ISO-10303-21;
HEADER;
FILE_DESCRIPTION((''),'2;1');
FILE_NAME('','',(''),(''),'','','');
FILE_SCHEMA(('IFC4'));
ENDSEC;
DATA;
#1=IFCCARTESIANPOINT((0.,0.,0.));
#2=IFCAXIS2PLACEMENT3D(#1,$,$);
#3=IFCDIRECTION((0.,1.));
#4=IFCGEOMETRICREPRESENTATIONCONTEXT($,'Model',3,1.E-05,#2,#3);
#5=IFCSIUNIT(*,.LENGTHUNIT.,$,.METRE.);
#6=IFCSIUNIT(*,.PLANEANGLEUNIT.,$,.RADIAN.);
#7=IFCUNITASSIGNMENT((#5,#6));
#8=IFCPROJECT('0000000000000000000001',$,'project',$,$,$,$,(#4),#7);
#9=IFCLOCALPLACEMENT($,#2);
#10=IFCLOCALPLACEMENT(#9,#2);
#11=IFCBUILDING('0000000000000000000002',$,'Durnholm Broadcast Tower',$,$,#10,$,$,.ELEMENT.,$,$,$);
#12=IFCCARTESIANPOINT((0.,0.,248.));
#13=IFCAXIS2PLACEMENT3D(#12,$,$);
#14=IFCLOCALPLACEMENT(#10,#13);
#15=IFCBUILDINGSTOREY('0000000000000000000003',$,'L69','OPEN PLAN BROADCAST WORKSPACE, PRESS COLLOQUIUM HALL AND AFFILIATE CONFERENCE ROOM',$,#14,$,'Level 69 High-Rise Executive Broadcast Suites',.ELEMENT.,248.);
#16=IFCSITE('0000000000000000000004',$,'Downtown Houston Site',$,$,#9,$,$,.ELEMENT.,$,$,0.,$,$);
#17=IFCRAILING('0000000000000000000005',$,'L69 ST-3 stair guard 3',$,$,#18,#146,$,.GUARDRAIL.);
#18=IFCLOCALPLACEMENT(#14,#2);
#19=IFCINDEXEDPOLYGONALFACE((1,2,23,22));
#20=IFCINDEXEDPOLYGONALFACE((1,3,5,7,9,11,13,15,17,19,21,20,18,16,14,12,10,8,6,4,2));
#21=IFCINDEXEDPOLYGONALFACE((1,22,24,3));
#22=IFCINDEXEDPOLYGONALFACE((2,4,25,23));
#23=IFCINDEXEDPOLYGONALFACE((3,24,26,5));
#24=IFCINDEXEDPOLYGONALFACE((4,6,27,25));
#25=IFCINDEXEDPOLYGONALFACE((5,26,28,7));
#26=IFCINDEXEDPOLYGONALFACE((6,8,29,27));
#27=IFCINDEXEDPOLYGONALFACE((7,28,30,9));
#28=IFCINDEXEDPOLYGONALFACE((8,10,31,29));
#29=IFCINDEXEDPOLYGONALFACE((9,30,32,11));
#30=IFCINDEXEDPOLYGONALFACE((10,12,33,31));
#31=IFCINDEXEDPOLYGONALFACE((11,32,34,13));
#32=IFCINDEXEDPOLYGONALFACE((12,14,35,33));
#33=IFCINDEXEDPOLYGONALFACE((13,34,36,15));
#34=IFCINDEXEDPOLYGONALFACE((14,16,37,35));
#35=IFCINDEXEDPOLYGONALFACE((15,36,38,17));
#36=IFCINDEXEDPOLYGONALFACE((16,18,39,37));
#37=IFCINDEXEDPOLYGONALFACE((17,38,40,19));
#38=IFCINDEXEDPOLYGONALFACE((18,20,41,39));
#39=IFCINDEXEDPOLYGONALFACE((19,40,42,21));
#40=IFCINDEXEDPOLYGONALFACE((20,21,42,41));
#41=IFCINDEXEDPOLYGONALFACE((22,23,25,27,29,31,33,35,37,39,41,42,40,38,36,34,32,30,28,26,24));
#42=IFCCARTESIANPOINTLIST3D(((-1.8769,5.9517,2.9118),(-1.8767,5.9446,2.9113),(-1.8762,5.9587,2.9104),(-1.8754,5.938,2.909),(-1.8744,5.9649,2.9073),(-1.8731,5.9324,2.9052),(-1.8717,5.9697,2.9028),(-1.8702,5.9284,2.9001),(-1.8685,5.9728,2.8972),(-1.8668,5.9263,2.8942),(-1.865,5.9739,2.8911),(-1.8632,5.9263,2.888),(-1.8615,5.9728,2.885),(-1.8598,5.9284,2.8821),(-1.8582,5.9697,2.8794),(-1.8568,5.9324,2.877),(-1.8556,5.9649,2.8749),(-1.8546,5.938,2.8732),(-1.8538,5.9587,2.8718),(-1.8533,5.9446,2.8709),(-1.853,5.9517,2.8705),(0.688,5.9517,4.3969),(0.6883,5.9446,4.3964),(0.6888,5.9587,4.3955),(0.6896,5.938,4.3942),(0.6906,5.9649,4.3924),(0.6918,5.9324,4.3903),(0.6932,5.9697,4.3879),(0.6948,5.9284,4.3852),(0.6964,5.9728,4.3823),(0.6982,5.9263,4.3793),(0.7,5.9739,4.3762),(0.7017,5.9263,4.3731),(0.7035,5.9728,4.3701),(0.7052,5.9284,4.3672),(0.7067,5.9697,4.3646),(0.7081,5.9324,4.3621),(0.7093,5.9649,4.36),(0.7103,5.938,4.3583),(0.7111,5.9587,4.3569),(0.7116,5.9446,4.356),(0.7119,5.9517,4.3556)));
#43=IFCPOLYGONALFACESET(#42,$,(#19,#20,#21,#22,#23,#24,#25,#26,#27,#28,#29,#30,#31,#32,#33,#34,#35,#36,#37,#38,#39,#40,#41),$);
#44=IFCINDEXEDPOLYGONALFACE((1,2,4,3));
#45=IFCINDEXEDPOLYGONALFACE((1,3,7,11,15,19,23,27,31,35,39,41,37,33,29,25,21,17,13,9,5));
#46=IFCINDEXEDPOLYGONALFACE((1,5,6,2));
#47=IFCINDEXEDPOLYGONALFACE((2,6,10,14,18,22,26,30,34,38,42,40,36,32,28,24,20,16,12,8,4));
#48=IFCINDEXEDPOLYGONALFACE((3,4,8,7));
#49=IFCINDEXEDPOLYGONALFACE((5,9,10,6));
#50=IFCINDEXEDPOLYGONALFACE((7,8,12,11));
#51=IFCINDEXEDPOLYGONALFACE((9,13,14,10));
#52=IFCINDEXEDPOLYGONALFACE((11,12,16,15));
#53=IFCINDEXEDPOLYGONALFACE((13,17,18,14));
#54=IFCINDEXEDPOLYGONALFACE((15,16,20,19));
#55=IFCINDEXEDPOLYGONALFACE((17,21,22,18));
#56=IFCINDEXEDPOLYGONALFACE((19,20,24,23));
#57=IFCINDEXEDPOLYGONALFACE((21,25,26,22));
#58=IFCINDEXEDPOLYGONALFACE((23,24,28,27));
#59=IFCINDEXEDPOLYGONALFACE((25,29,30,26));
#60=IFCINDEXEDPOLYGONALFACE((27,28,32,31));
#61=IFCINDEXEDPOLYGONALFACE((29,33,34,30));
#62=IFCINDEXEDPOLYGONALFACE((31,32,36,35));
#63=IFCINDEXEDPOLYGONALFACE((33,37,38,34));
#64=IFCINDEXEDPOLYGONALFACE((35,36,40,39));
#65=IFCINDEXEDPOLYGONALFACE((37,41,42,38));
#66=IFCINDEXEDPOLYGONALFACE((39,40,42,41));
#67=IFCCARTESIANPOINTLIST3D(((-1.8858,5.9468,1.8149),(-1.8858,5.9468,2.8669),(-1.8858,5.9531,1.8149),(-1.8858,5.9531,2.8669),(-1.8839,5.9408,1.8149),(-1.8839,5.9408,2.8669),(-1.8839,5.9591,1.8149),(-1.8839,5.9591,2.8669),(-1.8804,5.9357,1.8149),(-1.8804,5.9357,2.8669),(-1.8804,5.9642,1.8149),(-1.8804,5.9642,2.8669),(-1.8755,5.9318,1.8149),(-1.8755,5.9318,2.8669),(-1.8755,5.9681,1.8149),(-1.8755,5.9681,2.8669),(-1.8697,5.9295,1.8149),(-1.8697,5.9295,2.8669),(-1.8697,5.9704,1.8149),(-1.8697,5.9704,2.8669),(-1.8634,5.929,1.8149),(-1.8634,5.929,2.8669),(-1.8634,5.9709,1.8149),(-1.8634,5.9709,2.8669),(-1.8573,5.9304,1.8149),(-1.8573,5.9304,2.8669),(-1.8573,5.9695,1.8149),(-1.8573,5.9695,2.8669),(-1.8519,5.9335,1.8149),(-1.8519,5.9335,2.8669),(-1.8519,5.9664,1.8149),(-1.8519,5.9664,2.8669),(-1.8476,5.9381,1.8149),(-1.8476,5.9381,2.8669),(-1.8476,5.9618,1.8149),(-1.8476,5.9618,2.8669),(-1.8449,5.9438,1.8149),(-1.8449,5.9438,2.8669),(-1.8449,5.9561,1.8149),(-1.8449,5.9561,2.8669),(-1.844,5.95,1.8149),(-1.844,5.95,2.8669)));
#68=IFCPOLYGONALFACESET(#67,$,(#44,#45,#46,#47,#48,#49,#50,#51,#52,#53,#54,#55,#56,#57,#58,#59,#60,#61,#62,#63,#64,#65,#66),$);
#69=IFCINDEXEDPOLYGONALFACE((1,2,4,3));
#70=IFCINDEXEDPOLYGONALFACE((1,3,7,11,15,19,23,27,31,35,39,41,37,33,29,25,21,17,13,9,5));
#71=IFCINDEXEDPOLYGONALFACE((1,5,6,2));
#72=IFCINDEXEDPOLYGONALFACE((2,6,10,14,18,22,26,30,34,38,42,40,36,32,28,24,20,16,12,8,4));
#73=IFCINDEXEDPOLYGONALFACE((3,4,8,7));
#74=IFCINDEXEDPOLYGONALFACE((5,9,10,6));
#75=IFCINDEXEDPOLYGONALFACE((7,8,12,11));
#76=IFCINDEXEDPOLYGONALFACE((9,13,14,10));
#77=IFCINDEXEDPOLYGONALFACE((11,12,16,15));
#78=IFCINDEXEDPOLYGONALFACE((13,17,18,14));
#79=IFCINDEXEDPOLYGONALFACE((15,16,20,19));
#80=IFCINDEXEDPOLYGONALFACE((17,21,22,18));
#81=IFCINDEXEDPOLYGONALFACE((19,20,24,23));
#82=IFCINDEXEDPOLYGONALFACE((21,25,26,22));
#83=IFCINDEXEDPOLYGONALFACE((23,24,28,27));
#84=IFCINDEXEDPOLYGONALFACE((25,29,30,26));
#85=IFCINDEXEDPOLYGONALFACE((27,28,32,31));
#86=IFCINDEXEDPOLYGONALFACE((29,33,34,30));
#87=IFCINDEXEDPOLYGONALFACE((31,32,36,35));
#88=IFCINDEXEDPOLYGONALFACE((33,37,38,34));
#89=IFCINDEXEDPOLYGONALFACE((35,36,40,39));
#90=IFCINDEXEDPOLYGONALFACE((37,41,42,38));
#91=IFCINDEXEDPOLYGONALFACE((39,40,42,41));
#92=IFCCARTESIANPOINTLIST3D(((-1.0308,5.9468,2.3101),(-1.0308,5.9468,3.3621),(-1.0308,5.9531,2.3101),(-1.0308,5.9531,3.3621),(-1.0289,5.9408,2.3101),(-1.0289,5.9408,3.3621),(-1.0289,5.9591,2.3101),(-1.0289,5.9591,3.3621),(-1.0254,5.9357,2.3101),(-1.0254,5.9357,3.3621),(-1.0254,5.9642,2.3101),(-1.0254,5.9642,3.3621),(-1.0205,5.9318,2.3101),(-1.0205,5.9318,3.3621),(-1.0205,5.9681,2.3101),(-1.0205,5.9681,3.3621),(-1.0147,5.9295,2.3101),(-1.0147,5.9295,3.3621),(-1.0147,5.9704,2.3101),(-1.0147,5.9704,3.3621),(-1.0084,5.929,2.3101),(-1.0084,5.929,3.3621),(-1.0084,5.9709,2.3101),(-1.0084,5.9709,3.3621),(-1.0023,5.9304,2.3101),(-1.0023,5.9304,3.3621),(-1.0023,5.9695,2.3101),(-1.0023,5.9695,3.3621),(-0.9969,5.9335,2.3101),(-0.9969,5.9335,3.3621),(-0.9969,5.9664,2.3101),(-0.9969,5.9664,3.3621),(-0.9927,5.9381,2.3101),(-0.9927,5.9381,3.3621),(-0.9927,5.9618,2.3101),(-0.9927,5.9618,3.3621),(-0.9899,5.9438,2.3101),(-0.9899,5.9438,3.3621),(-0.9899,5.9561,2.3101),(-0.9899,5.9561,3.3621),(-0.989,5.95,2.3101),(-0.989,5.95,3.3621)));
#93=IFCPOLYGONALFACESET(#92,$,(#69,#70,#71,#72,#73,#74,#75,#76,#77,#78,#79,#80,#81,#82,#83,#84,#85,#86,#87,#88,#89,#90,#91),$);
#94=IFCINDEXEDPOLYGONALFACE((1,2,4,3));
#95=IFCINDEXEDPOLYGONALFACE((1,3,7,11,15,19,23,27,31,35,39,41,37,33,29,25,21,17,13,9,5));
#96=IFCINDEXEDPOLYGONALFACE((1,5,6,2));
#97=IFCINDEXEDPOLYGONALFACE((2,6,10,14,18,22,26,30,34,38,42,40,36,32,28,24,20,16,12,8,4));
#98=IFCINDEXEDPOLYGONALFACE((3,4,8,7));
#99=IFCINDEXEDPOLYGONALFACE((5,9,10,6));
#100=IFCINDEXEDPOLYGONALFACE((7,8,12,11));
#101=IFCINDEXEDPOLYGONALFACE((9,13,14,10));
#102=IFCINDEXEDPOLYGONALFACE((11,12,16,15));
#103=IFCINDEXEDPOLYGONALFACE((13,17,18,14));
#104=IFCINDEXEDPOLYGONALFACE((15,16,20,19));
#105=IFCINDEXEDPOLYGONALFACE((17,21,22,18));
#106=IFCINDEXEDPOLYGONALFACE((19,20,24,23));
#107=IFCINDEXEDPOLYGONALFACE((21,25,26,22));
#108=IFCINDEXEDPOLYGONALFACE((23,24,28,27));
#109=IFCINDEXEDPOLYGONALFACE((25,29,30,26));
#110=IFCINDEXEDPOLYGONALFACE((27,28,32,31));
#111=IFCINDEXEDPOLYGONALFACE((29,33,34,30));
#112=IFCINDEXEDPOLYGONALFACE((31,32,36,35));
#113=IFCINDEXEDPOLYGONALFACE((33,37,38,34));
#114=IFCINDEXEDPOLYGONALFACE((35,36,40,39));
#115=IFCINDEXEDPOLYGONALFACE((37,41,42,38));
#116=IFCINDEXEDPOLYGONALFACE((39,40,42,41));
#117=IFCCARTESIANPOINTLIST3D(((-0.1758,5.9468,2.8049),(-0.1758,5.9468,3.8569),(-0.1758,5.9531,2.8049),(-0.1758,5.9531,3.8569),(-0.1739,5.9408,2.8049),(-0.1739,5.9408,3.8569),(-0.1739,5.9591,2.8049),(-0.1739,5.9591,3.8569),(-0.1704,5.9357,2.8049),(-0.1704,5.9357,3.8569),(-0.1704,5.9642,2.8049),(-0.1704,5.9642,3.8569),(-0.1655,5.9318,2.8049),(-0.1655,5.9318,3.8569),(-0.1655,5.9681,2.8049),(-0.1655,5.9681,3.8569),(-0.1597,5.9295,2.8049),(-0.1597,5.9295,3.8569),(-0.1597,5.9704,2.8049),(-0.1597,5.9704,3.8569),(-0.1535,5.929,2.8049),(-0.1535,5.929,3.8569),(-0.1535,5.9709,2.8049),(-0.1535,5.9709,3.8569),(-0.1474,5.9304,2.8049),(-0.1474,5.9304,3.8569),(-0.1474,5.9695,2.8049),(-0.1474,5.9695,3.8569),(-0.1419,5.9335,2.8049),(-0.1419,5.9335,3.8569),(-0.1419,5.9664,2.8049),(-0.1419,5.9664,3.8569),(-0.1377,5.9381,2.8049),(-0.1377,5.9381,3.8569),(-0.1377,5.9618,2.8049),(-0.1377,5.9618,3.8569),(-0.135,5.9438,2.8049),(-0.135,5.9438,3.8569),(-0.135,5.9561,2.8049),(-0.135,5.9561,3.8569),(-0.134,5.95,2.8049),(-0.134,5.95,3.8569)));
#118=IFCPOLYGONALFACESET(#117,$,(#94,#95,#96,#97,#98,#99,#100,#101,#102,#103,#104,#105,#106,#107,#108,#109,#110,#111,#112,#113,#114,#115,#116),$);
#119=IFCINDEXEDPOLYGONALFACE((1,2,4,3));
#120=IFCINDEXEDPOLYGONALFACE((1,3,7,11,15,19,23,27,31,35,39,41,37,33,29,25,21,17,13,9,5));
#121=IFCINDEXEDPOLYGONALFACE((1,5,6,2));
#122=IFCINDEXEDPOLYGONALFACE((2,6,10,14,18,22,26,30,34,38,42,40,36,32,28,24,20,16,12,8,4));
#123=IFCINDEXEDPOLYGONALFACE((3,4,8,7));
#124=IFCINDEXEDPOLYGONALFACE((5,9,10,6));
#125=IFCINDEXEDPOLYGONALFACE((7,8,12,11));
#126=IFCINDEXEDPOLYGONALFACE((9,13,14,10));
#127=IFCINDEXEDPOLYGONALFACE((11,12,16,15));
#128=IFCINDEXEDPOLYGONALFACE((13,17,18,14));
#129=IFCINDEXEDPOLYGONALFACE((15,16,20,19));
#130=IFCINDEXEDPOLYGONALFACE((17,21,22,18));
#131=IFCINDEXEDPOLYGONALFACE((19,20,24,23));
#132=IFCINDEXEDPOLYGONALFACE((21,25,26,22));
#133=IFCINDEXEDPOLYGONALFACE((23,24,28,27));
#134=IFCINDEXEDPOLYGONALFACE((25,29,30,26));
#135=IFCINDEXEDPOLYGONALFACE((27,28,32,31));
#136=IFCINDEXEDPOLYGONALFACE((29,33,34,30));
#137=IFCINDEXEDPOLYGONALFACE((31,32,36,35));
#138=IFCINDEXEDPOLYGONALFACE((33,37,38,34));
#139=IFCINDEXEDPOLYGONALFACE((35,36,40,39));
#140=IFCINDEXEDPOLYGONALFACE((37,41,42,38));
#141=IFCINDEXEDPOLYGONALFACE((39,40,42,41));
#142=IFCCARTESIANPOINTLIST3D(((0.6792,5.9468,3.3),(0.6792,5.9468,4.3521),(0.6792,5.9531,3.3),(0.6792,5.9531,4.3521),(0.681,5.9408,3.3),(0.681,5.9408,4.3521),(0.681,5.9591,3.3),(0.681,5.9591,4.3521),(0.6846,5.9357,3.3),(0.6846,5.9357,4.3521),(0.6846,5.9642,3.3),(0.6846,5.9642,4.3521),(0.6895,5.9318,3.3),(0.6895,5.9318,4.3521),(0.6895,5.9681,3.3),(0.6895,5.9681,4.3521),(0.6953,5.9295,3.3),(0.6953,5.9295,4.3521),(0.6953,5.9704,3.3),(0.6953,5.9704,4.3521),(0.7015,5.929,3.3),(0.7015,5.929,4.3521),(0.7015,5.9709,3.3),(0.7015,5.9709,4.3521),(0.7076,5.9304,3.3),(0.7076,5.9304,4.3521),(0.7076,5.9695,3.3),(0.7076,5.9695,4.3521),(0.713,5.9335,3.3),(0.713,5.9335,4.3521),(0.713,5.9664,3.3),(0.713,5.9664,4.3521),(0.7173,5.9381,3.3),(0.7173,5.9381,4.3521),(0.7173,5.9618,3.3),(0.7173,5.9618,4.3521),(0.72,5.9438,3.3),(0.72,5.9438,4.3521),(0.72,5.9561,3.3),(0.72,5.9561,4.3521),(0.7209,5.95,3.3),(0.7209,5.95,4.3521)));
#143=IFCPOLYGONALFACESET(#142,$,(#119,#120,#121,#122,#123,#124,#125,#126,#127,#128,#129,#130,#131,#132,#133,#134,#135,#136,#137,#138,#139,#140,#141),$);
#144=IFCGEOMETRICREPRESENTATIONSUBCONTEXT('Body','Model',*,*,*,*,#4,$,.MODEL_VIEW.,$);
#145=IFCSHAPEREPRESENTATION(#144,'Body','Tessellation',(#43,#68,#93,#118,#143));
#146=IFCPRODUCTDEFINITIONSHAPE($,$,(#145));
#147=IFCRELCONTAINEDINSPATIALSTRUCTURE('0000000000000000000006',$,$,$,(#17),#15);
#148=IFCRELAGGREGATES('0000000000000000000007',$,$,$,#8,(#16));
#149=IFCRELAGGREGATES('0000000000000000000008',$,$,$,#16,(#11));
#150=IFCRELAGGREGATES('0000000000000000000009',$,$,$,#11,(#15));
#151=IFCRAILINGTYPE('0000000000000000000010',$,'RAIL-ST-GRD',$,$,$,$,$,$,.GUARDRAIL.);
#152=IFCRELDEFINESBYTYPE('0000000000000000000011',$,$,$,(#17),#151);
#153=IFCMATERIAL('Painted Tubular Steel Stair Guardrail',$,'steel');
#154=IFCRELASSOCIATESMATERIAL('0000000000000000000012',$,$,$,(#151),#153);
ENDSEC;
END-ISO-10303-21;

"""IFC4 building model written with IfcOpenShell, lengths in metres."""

from ifc_helpers import new_model, si_unit, direction, frame, origin, origin_2d, place, context, subcontext, project, spatial, circle, extrude, material, type_object, element, save


model = new_model("IFC4")

# Units and contexts
model_context = context("Model", 3, precision=1e-05, world=origin(), true_north=direction((0.0, 1.0)))
body_context = subcontext(model_context, "Body", "Model", "MODEL_VIEW")
ifc_project = project(units=[si_unit("LENGTHUNIT", "METRE"), si_unit("PLANEANGLEUNIT", "RADIAN")], contexts=[model_context])

# Site, building, storey
site_placement = place(None, origin())
site = spatial("IfcSite", under=ifc_project, at=site_placement, Name="Downtown Houston Site", CompositionType="ELEMENT", RefElevation=0.0)
building_placement = place(site_placement, origin())
building = spatial("IfcBuilding", under=site, at=building_placement, Name="Durnholm Broadcast Tower", CompositionType="ELEMENT")
storey_placement = place(building_placement, frame((0.0, 0.0, 248.0)))
storey = spatial("IfcBuildingStorey", under=building, at=storey_placement, Name="L69", Description="OPEN PLAN BROADCAST WORKSPACE, PRESS COLLOQUIUM HALL AND AFFILIATE CONFERENCE ROOM", LongName="Level 69 High-Rise Executive Broadcast Suites", CompositionType="ELEMENT", Elevation=248.0)

# Railing
ifc_material_1 = material(Name="Painted Tubular Steel Stair Guardrail", Category="steel")
railing_type_1 = type_object("IfcRailingType", Name="RAIL-ST-GRD", PredefinedType="GUARDRAIL", material=ifc_material_1)
railing_1_placement = place(storey_placement, frame((-1.865, 5.95, 1.8149)))
element("IfcRailing", 1, at=railing_1_placement, inside=storey, type_object=railing_type_1, Name="L69 ST-3 stair guard 3", PredefinedType="GUARDRAIL", context=body_context, shape_type="SweptSolid", body=[
    extrude(circle(Radius=0.0239, at=origin_2d()), frame((0.0, 0.0, 1.0762), z_axis=(0.865406, 0.0, 0.501072), x_axis=(0.0, 1.0, 0.0)), (0.0, 0.0, 1.0), 2.9639),
    extrude(circle(Radius=0.021, at=origin_2d()), origin(), (0.0, 0.0, 1.0), 1.052),
    extrude(circle(Radius=0.021, at=origin_2d()), frame((0.855, 0.0, 0.4951)), (0.0, 0.0, 1.0), 1.052),
    extrude(circle(Radius=0.021, at=origin_2d()), frame((1.71, 0.0, 0.99)), (0.0, 0.0, 1.0), 1.052),
    extrude(circle(Radius=0.021, at=origin_2d()), frame((2.5649, 0.0, 1.4851)), (0.0, 0.0, 1.0), 1.052),
])

save(model, "model.ifc")
